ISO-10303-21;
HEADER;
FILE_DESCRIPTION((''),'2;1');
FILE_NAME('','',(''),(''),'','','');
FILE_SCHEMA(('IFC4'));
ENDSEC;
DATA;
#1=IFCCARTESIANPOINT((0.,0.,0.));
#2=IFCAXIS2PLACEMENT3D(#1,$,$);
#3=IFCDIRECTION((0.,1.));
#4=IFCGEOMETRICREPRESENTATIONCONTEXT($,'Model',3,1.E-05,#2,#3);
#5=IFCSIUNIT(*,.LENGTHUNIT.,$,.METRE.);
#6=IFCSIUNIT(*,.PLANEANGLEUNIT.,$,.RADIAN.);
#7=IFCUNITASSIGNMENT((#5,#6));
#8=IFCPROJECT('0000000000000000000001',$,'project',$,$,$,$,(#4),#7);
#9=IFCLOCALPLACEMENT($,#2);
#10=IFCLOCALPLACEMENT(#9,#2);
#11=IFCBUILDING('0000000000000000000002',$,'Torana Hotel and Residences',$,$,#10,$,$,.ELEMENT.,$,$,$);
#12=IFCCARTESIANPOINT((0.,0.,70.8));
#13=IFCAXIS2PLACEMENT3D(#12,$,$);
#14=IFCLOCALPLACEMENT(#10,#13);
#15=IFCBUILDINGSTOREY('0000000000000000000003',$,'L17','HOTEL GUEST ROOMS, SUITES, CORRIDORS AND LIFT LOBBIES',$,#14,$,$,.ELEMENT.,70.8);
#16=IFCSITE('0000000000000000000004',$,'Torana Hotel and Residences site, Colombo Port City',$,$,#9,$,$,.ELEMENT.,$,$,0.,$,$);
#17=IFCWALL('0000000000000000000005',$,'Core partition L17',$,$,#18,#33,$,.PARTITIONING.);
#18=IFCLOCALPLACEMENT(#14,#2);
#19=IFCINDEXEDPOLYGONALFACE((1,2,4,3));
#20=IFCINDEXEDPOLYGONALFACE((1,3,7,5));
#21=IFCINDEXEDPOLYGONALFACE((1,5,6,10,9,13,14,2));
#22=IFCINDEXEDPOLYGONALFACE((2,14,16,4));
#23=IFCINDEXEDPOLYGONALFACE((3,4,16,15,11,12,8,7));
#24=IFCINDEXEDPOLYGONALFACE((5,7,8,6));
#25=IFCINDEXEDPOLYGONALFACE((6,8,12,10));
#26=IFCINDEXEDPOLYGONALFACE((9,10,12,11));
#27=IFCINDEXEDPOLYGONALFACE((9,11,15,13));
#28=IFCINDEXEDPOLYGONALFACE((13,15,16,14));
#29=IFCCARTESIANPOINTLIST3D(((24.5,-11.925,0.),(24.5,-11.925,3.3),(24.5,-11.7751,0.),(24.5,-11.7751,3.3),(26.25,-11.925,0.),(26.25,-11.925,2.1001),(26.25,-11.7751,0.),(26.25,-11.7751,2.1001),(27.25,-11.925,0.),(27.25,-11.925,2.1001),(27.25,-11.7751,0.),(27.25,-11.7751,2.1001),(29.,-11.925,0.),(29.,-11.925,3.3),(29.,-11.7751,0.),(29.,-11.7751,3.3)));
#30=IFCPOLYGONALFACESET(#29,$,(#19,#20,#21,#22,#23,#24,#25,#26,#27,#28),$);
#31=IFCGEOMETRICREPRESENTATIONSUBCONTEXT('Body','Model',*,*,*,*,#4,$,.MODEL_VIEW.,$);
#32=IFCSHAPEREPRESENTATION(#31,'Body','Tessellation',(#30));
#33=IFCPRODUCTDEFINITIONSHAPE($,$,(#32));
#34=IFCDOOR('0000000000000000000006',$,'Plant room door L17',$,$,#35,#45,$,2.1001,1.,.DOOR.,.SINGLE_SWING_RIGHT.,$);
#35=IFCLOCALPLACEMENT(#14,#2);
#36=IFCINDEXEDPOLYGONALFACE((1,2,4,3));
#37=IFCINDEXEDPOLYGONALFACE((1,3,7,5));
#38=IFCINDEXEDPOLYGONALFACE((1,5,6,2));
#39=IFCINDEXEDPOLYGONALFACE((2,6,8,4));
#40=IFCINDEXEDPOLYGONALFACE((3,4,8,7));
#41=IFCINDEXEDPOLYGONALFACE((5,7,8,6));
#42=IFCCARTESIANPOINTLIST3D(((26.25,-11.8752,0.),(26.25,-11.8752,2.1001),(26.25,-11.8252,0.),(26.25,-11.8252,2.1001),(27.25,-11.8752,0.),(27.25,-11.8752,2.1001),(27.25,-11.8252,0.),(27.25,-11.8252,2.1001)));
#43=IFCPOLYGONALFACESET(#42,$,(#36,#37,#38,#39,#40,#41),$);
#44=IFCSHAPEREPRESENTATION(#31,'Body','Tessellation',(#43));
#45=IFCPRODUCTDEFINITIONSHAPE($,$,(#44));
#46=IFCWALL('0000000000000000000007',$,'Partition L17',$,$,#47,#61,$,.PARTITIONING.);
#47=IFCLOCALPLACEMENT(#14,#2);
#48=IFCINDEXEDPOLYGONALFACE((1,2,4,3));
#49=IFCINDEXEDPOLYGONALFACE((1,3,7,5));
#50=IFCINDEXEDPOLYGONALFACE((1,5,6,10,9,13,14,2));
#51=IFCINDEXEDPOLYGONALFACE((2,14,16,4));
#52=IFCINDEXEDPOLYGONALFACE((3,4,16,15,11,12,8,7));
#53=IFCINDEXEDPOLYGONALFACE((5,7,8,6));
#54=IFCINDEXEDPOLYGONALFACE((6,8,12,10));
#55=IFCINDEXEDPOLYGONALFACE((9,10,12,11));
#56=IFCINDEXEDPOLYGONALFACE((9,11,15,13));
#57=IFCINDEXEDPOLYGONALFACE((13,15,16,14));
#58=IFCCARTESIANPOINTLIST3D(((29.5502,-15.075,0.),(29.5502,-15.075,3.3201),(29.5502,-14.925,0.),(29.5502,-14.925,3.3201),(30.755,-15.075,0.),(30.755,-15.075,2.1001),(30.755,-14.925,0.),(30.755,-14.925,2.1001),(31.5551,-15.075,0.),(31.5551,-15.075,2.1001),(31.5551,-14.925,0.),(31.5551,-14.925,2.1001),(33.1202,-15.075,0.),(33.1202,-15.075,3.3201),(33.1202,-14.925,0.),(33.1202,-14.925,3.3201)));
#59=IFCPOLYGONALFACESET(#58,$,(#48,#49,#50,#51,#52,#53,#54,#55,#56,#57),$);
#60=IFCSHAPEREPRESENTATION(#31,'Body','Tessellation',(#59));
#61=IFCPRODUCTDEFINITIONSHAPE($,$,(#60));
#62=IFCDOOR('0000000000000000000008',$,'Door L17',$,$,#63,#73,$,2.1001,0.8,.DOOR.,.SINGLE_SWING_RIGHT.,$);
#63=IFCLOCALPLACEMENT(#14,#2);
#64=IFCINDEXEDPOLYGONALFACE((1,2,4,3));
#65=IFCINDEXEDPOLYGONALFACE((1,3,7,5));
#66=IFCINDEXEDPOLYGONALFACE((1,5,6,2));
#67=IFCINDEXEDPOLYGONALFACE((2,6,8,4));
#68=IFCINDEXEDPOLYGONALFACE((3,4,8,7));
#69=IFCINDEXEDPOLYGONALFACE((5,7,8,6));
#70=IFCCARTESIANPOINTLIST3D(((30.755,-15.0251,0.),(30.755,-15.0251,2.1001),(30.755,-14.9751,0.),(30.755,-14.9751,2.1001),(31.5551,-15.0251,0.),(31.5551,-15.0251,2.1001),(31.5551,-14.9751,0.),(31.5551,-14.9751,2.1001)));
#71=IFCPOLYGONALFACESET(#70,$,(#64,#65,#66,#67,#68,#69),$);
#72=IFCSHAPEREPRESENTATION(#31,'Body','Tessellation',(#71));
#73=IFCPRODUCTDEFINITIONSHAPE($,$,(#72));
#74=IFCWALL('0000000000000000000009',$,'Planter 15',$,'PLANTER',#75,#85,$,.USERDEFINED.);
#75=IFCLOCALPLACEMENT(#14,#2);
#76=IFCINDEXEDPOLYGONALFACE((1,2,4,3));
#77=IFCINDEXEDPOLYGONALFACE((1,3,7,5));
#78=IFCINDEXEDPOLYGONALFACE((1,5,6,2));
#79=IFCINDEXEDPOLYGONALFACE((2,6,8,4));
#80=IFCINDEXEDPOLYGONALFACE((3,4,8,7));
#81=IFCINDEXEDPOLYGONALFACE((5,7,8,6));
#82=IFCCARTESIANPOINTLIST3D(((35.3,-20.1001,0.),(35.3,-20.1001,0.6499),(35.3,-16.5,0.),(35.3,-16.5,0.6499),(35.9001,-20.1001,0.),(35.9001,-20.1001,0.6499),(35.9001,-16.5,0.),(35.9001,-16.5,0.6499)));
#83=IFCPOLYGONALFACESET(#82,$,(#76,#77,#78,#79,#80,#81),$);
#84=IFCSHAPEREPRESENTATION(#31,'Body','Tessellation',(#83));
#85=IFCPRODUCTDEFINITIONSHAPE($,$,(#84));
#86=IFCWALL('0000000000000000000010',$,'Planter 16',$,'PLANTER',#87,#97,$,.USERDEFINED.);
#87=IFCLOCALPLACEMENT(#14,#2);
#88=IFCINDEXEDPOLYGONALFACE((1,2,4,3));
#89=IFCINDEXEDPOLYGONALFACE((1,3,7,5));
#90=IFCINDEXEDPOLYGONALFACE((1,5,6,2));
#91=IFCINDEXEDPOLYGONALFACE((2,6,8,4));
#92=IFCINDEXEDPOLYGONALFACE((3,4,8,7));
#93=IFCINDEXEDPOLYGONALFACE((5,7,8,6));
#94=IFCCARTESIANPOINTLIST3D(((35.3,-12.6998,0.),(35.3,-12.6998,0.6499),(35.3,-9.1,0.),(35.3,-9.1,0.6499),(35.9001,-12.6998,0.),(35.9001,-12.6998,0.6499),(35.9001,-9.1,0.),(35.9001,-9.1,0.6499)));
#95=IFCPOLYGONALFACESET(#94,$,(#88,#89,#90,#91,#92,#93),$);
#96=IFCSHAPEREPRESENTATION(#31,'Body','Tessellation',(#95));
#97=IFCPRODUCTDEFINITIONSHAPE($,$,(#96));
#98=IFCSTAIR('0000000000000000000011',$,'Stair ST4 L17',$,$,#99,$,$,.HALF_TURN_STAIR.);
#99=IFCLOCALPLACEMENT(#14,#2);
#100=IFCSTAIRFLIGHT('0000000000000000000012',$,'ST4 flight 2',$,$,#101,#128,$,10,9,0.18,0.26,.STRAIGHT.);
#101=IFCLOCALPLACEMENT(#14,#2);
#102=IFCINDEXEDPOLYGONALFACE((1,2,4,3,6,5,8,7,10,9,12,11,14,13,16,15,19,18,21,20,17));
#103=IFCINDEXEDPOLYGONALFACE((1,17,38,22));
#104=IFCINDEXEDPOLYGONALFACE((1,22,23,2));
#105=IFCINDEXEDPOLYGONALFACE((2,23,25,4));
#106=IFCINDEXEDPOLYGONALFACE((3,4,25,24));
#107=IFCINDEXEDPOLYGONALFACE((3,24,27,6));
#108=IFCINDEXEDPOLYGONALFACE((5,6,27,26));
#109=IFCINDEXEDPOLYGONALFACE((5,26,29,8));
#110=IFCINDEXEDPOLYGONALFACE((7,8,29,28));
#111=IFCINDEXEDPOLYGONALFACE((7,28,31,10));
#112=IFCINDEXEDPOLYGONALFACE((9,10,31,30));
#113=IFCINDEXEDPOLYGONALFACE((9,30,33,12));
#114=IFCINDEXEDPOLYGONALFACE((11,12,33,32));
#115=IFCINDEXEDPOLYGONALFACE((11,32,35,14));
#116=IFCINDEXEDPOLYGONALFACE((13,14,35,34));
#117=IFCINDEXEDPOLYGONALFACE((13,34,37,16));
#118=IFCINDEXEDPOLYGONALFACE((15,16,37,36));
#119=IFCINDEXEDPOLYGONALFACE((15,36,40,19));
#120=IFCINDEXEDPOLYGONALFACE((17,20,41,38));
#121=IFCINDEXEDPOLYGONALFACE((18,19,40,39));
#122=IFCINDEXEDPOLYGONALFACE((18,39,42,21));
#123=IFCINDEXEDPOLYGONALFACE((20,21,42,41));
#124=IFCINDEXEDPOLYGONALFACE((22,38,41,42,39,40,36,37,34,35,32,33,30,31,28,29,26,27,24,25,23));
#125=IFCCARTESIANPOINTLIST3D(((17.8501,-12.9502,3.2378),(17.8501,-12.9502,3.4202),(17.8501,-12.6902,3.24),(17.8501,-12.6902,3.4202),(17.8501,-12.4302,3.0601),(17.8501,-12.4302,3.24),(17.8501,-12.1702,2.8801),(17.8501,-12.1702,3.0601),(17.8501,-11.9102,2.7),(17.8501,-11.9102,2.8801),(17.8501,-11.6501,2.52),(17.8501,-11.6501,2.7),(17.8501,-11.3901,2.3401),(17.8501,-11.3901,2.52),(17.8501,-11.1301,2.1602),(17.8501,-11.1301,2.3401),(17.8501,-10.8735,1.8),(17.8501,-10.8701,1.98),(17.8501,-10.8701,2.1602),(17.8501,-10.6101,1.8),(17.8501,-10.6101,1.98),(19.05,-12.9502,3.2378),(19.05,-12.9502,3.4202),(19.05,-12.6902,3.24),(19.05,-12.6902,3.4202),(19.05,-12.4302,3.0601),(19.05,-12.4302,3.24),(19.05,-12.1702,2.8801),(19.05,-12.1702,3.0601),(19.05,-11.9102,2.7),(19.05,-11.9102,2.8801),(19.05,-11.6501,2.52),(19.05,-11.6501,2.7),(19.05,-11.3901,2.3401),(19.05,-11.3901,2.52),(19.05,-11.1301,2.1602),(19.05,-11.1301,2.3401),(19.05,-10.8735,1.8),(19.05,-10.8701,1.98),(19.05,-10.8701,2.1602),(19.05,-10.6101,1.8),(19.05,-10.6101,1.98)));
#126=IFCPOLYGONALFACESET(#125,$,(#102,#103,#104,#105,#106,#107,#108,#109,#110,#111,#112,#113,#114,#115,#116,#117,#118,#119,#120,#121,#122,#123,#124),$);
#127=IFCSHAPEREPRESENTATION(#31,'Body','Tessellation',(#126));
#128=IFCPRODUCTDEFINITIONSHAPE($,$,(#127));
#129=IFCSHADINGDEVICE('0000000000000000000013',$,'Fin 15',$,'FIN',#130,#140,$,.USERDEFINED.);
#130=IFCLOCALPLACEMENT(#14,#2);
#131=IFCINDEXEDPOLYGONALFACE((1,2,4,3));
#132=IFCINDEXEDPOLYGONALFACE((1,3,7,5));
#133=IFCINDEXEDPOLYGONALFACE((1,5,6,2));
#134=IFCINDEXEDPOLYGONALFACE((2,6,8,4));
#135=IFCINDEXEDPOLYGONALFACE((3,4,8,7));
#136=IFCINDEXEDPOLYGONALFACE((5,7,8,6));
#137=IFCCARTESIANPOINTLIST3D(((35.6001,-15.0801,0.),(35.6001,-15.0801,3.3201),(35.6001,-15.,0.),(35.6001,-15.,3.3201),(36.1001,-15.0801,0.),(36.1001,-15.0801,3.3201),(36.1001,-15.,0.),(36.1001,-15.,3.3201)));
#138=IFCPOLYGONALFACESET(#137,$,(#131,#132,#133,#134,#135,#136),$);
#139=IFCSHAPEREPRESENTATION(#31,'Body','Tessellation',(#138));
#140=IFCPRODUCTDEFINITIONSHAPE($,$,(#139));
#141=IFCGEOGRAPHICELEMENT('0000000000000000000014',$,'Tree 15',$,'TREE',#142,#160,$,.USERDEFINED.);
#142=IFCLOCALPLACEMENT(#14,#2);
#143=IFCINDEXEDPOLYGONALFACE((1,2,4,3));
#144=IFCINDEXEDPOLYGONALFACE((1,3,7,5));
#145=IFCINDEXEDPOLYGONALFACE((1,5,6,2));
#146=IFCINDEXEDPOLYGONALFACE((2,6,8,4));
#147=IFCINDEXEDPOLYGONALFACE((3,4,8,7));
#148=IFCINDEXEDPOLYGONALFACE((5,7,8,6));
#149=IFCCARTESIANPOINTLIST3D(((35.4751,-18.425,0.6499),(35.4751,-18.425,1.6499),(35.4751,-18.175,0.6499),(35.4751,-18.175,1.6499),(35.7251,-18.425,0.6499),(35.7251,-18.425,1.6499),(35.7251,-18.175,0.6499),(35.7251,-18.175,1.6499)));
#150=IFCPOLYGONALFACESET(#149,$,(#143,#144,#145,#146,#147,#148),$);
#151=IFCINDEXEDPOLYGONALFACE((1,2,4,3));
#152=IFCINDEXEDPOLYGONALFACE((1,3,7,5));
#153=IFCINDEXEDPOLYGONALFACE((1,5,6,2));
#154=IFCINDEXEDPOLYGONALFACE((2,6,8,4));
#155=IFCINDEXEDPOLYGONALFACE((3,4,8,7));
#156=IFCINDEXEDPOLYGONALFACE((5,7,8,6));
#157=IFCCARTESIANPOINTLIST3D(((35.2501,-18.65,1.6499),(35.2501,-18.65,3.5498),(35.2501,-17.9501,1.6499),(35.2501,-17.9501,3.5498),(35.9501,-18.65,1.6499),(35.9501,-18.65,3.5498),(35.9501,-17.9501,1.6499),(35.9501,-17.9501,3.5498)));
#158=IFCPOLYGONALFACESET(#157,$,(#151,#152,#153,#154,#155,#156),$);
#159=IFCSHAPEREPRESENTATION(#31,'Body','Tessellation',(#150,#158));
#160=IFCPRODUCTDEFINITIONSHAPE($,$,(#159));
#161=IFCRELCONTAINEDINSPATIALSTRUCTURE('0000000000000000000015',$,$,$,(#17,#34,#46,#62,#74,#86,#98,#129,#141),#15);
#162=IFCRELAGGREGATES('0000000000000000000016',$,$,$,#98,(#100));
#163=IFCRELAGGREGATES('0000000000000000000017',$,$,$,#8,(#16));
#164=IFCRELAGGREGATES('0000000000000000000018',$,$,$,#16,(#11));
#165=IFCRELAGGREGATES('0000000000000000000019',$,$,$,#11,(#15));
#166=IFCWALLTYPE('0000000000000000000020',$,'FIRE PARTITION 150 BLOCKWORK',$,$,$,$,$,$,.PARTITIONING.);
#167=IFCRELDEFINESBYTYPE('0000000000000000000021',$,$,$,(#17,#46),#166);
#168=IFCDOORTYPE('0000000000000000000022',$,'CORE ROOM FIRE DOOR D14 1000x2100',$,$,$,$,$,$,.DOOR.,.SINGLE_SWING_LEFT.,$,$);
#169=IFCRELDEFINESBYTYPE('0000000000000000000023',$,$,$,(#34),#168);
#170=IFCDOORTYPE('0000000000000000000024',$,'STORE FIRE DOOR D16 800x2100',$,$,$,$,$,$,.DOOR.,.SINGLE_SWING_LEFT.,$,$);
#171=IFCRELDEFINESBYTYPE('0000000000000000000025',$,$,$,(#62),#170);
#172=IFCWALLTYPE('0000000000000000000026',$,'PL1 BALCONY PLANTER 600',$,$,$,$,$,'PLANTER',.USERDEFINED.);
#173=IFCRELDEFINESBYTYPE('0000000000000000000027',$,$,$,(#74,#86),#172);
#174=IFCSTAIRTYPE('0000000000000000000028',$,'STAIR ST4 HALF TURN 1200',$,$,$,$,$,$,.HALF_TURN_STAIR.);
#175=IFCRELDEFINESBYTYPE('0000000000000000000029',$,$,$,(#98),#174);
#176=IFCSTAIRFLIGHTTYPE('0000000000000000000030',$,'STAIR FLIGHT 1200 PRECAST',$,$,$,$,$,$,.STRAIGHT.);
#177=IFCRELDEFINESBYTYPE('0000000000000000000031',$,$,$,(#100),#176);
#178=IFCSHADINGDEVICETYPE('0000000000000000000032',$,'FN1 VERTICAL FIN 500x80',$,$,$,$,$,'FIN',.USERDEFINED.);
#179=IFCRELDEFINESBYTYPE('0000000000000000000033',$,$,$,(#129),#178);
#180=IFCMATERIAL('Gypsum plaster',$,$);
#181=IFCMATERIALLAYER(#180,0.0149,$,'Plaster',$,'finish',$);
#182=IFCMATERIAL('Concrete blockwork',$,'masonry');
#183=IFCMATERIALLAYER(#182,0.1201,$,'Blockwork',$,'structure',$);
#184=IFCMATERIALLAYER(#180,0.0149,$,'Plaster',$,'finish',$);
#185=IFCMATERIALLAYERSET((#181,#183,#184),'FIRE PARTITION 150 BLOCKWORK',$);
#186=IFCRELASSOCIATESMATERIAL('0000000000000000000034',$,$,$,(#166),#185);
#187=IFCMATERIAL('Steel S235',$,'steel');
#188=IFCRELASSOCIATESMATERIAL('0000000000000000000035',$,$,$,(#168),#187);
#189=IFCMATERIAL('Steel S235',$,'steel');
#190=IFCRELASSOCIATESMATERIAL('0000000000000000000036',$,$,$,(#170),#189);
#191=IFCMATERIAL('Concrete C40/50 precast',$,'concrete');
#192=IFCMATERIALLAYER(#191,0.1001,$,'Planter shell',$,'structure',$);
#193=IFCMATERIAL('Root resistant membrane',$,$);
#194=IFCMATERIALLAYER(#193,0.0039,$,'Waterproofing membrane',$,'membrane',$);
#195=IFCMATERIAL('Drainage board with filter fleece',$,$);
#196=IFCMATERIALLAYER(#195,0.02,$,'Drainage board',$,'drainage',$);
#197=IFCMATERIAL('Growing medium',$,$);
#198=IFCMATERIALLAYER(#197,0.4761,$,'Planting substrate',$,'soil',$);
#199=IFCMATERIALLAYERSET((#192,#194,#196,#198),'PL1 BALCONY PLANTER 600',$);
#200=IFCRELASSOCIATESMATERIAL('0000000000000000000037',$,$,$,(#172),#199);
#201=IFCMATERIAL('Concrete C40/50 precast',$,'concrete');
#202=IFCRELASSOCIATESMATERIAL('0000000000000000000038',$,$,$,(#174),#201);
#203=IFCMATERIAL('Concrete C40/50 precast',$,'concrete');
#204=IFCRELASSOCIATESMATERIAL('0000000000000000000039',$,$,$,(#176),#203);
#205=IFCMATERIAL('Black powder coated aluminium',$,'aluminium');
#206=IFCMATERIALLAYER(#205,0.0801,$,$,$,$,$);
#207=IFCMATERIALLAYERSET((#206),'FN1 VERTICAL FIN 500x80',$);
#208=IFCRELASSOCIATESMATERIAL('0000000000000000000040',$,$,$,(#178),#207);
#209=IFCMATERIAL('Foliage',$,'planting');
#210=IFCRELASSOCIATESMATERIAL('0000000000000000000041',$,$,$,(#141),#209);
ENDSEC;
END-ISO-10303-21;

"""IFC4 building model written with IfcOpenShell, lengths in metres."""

from ifc_helpers import new_model, si_unit, direction, frame, frame_2d, origin, origin_2d, place, context, subcontext, project, spatial, polyline, rectangle, outline, extrude, material, layer, layer_set, type_object, element, fill, aggregate, save


model = new_model("IFC4")

# Units and contexts
model_context = context("Model", 3, precision=1e-05, world=origin(), true_north=direction((0.0, 1.0)))
body_context = subcontext(model_context, "Body", "Model", "MODEL_VIEW")
ifc_project = project(units=[si_unit("LENGTHUNIT", "METRE"), si_unit("PLANEANGLEUNIT", "RADIAN")], contexts=[model_context])

# Site, building, storey
site_placement = place(None, origin())
site = spatial("IfcSite", under=ifc_project, at=site_placement, Name="Torana Hotel and Residences site, Colombo Port City", CompositionType="ELEMENT", RefElevation=0.0)
building_placement = place(site_placement, origin())
building = spatial("IfcBuilding", under=site, at=building_placement, Name="Torana Hotel and Residences", CompositionType="ELEMENT")
storey_placement = place(building_placement, frame((0.0, 0.0, 70.8)))
storey = spatial("IfcBuildingStorey", under=building, at=storey_placement, Name="L17", Description="HOTEL GUEST ROOMS, SUITES, CORRIDORS AND LIFT LOBBIES", CompositionType="ELEMENT", Elevation=70.8)

# Walls, openings, doors
ifc_material_1 = material(Name="Gypsum plaster")
ifc_layer_1 = layer(ifc_material_1, 0.0149, Name="Plaster", Category="finish")
ifc_material_2 = material(Name="Concrete blockwork", Category="masonry")
ifc_layer_2 = layer(ifc_material_2, 0.1201, Name="Blockwork", Category="structure")
ifc_layer_3 = layer(ifc_material_1, 0.0149, Name="Plaster", Category="finish")
ifc_layer_set_1 = layer_set([ifc_layer_1, ifc_layer_2, ifc_layer_3], Name="FIRE PARTITION 150 BLOCKWORK")
wall_type_1 = type_object("IfcWallType", Name="FIRE PARTITION 150 BLOCKWORK", PredefinedType="PARTITIONING", material=ifc_layer_set_1)
ifc_material_3 = material(Name="Steel S235", Category="steel")
door_type_1 = type_object("IfcDoorType", Name="CORE ROOM FIRE DOOR D14 1000x2100", OperationType="SINGLE_SWING_LEFT", PredefinedType="DOOR", material=ifc_material_3)
wall_1_placement = place(storey_placement, frame((24.5, -11.8501, 0.0), z_axis=(0.0, 0.0, 1.0), x_axis=(1.0, 0.0, 0.0)))
wall_1 = element("IfcWall", 1, at=wall_1_placement, inside=storey, type_object=wall_type_1, Name="Core partition L17", PredefinedType="PARTITIONING", context=body_context, shape_type="SweptSolid", body=[
    extrude(rectangle(XDim=4.5, YDim=0.1499, at=frame_2d((2.25, 0.0))), origin(), (0.0, 0.0, 1.0), 3.3),
])
opening_1_placement = place(wall_1_placement, frame((1.75, 0.0, 0.0)))
opening_1 = element("IfcOpeningElement", 2, at=opening_1_placement, cuts=wall_1, PredefinedType="OPENING", context=body_context, shape_type="SweptSolid", body=[
    extrude(rectangle(XDim=1.0, YDim=2.1001, at=frame_2d((0.5, 1.05))), frame((0.0, 0.085, 0.0), z_axis=(0.0, -1.0, 0.0), x_axis=(1.0, 0.0, 0.0)), (0.0, 0.0, 1.0), 0.1699),
])
door_1_placement = place(opening_1_placement, origin())
door_1 = element("IfcDoor", 3, at=door_1_placement, inside=storey, type_object=door_type_1, Name="Plant room door L17", OperationType="SINGLE_SWING_RIGHT", OverallHeight=2.1001, OverallWidth=1.0, PredefinedType="DOOR", context=body_context, shape_type="SweptSolid", body=[
    extrude(rectangle(XDim=1.0, YDim=2.1001, at=frame_2d((0.5, 1.05))), frame((0.0, 0.0249, 0.0), z_axis=(0.0, -1.0, 0.0), x_axis=(1.0, 0.0, 0.0)), (0.0, 0.0, 1.0), 0.05),
])
fill(opening_1, door_1)
wall_2_placement = place(storey_placement, frame((29.55, -15.0, 0.0), z_axis=(0.0, 0.0, 1.0), x_axis=(1.0, 0.0, 0.0)))
wall_2 = element("IfcWall", 4, at=wall_2_placement, inside=storey, type_object=wall_type_1, Name="Partition L17", PredefinedType="PARTITIONING", context=body_context, shape_type="SweptSolid", body=[
    extrude(rectangle(XDim=3.5701, YDim=0.1499, at=frame_2d((1.7852, 0.0))), origin(), (0.0, 0.0, 1.0), 3.3201),
])
opening_2_placement = place(wall_2_placement, frame((1.2051, 0.0, 0.0)))
opening_2 = element("IfcOpeningElement", 5, at=opening_2_placement, cuts=wall_2, PredefinedType="OPENING", context=body_context, shape_type="SweptSolid", body=[
    extrude(rectangle(XDim=0.8, YDim=2.1001, at=frame_2d((0.3999, 1.05))), frame((0.0, 0.085, 0.0), z_axis=(0.0, -1.0, 0.0), x_axis=(1.0, 0.0, 0.0)), (0.0, 0.0, 1.0), 0.1699),
])
ifc_material_4 = material(Name="Steel S235", Category="steel")
door_type_2 = type_object("IfcDoorType", Name="STORE FIRE DOOR D16 800x2100", OperationType="SINGLE_SWING_LEFT", PredefinedType="DOOR", material=ifc_material_4)
door_2_placement = place(opening_2_placement, origin())
door_2 = element("IfcDoor", 6, at=door_2_placement, inside=storey, type_object=door_type_2, Name="Door L17", OperationType="SINGLE_SWING_RIGHT", OverallHeight=2.1001, OverallWidth=0.8, PredefinedType="DOOR", context=body_context, shape_type="SweptSolid", body=[
    extrude(rectangle(XDim=0.8, YDim=2.1001, at=frame_2d((0.3999, 1.05))), frame((0.0, 0.0249, 0.0), z_axis=(0.0, -1.0, 0.0), x_axis=(1.0, 0.0, 0.0)), (0.0, 0.0, 1.0), 0.05),
])
fill(opening_2, door_2)

# Walls
ifc_material_5 = material(Name="Concrete C40/50 precast", Category="concrete")
ifc_layer_4 = layer(ifc_material_5, 0.1001, Name="Planter shell", Category="structure")
ifc_material_6 = material(Name="Root resistant membrane")
ifc_layer_5 = layer(ifc_material_6, 0.0039, Name="Waterproofing membrane", Category="membrane")
ifc_material_7 = material(Name="Drainage board with filter fleece")
ifc_layer_6 = layer(ifc_material_7, 0.02, Name="Drainage board", Category="drainage")
ifc_material_8 = material(Name="Growing medium")
ifc_layer_7 = layer(ifc_material_8, 0.4761, Name="Planting substrate", Category="soil")
ifc_layer_set_2 = layer_set([ifc_layer_4, ifc_layer_5, ifc_layer_6, ifc_layer_7], Name="PL1 BALCONY PLANTER 600")
wall_type_2 = type_object("IfcWallType", Name="PL1 BALCONY PLANTER 600", ElementType="PLANTER", PredefinedType="USERDEFINED", material=ifc_layer_set_2)
wall_3_placement = place(storey_placement, frame((35.6001, -16.5, 0.0), z_axis=(0.0, 0.0, 1.0), x_axis=(0.0, -1.0, 0.0)))
element("IfcWall", 7, at=wall_3_placement, inside=storey, type_object=wall_type_2, Name="Planter 15", ObjectType="PLANTER", PredefinedType="USERDEFINED", context=body_context, shape_type="SweptSolid", body=[
    extrude(rectangle(XDim=3.6001, YDim=0.6001, at=frame_2d((1.8, 0.0))), origin(), (0.0, 0.0, 1.0), 0.6499),
])
wall_4_placement = place(storey_placement, frame((35.6001, -9.1001, 0.0), z_axis=(0.0, 0.0, 1.0), x_axis=(0.0, -1.0, 0.0)))
element("IfcWall", 8, at=wall_4_placement, inside=storey, type_object=wall_type_2, Name="Planter 16", ObjectType="PLANTER", PredefinedType="USERDEFINED", context=body_context, shape_type="SweptSolid", body=[
    extrude(rectangle(XDim=3.5999, YDim=0.6001, at=frame_2d((1.7998, 0.0))), origin(), (0.0, 0.0, 1.0), 0.6499),
])

# Stair, stair flight
ifc_material_9 = material(Name="Concrete C40/50 precast", Category="concrete")
stair_type = type_object("IfcStairType", Name="STAIR ST4 HALF TURN 1200", PredefinedType="HALF_TURN_STAIR", material=ifc_material_9)
stair_placement = place(storey_placement, origin())
stair = element("IfcStair", 9, at=stair_placement, inside=storey, type_object=stair_type, Name="Stair ST4 L17", PredefinedType="HALF_TURN_STAIR")
ifc_material_10 = material(Name="Concrete C40/50 precast", Category="concrete")
stair_flight_type = type_object("IfcStairFlightType", Name="STAIR FLIGHT 1200 PRECAST", PredefinedType="STRAIGHT", material=ifc_material_10)
stair_flight_placement = place(storey_placement, frame((18.45, -10.6101, 1.8), z_axis=(0.0, 0.0, 1.0), x_axis=(0.0, -1.0, 0.0)))
stair_flight = element("IfcStairFlight", 10, at=stair_flight_placement, type_object=stair_flight_type, Name="ST4 flight 2", NumberOfRisers=10, NumberOfTreads=9, PredefinedType="STRAIGHT", RiserHeight=0.18, TreadLength=0.26, context=body_context, shape_type="SweptSolid", body=[
    extrude(outline(polyline([(0.0, 0.0), (0.0, 0.1799), (0.26, 0.1799), (0.26, 0.3601), (0.52, 0.3601), (0.52, 0.54), (0.78, 0.54), (0.78, 0.72), (1.04, 0.72), (1.04, 0.8999), (1.3, 0.8999), (1.3, 1.0801), (1.5601, 1.0801), (1.5601, 1.26), (1.8201, 1.26), (1.8201, 1.4399), (2.0801, 1.4399), (2.0801, 1.6201), (2.3401, 1.6201), (2.3401, 1.8), (2.3401, 1.4377), (0.2634, 0.0), (0.0, 0.0)])), frame((0.0, 0.6001, 0.0), z_axis=(0.0, -1.0, 0.0), x_axis=(1.0, 0.0, 0.0)), (0.0, 0.0, 1.0), 1.2),
])
aggregate(stair, [stair_flight])

# Shading device
ifc_material_11 = material(Name="Black powder coated aluminium", Category="aluminium")
ifc_layer_8 = layer(ifc_material_11, 0.0801)
ifc_layer_set_3 = layer_set([ifc_layer_8], Name="FN1 VERTICAL FIN 500x80")
shading_device_type = type_object("IfcShadingDeviceType", Name="FN1 VERTICAL FIN 500x80", ElementType="FIN", PredefinedType="USERDEFINED", material=ifc_layer_set_3)
shading_device_placement = place(storey_placement, frame((35.8501, -15.04, 0.0), z_axis=(0.0, 0.0, 1.0), x_axis=(0.0, -1.0, 0.0)))
element("IfcShadingDevice", 11, at=shading_device_placement, inside=storey, type_object=shading_device_type, Name="Fin 15", ObjectType="FIN", PredefinedType="USERDEFINED", context=body_context, shape_type="SweptSolid", body=[
    extrude(rectangle(XDim=0.0801, YDim=0.5, at=origin_2d()), origin(), (0.0, 0.0, 1.0), 3.3201),
])

# Geographic element
ifc_material_12 = material(Name="Foliage", Category="planting")
for number, where, z_axis, x_axis, name in (
    (12, (35.6001, -18.3, 0.6499), (0.0, 0.0, 1.0), (1.0, 0.0, 0.0), "Tree 15"),
):
    element("IfcGeographicElement", number, at=place(storey_placement, frame(where, z_axis=z_axis, x_axis=x_axis)), inside=storey, material=ifc_material_12, Name=name, ObjectType="TREE", PredefinedType="USERDEFINED", context=body_context, shape_type="SweptSolid", body=[
        extrude(rectangle(XDim=0.25, YDim=0.25, at=origin_2d()), origin(), (0.0, 0.0, 1.0), 1.0),
        extrude(rectangle(XDim=0.7, YDim=0.7, at=origin_2d()), frame((0.0, 0.0, 1.0)), (0.0, 0.0, 1.0), 1.8999),
    ])

save(model, "model.ifc")
